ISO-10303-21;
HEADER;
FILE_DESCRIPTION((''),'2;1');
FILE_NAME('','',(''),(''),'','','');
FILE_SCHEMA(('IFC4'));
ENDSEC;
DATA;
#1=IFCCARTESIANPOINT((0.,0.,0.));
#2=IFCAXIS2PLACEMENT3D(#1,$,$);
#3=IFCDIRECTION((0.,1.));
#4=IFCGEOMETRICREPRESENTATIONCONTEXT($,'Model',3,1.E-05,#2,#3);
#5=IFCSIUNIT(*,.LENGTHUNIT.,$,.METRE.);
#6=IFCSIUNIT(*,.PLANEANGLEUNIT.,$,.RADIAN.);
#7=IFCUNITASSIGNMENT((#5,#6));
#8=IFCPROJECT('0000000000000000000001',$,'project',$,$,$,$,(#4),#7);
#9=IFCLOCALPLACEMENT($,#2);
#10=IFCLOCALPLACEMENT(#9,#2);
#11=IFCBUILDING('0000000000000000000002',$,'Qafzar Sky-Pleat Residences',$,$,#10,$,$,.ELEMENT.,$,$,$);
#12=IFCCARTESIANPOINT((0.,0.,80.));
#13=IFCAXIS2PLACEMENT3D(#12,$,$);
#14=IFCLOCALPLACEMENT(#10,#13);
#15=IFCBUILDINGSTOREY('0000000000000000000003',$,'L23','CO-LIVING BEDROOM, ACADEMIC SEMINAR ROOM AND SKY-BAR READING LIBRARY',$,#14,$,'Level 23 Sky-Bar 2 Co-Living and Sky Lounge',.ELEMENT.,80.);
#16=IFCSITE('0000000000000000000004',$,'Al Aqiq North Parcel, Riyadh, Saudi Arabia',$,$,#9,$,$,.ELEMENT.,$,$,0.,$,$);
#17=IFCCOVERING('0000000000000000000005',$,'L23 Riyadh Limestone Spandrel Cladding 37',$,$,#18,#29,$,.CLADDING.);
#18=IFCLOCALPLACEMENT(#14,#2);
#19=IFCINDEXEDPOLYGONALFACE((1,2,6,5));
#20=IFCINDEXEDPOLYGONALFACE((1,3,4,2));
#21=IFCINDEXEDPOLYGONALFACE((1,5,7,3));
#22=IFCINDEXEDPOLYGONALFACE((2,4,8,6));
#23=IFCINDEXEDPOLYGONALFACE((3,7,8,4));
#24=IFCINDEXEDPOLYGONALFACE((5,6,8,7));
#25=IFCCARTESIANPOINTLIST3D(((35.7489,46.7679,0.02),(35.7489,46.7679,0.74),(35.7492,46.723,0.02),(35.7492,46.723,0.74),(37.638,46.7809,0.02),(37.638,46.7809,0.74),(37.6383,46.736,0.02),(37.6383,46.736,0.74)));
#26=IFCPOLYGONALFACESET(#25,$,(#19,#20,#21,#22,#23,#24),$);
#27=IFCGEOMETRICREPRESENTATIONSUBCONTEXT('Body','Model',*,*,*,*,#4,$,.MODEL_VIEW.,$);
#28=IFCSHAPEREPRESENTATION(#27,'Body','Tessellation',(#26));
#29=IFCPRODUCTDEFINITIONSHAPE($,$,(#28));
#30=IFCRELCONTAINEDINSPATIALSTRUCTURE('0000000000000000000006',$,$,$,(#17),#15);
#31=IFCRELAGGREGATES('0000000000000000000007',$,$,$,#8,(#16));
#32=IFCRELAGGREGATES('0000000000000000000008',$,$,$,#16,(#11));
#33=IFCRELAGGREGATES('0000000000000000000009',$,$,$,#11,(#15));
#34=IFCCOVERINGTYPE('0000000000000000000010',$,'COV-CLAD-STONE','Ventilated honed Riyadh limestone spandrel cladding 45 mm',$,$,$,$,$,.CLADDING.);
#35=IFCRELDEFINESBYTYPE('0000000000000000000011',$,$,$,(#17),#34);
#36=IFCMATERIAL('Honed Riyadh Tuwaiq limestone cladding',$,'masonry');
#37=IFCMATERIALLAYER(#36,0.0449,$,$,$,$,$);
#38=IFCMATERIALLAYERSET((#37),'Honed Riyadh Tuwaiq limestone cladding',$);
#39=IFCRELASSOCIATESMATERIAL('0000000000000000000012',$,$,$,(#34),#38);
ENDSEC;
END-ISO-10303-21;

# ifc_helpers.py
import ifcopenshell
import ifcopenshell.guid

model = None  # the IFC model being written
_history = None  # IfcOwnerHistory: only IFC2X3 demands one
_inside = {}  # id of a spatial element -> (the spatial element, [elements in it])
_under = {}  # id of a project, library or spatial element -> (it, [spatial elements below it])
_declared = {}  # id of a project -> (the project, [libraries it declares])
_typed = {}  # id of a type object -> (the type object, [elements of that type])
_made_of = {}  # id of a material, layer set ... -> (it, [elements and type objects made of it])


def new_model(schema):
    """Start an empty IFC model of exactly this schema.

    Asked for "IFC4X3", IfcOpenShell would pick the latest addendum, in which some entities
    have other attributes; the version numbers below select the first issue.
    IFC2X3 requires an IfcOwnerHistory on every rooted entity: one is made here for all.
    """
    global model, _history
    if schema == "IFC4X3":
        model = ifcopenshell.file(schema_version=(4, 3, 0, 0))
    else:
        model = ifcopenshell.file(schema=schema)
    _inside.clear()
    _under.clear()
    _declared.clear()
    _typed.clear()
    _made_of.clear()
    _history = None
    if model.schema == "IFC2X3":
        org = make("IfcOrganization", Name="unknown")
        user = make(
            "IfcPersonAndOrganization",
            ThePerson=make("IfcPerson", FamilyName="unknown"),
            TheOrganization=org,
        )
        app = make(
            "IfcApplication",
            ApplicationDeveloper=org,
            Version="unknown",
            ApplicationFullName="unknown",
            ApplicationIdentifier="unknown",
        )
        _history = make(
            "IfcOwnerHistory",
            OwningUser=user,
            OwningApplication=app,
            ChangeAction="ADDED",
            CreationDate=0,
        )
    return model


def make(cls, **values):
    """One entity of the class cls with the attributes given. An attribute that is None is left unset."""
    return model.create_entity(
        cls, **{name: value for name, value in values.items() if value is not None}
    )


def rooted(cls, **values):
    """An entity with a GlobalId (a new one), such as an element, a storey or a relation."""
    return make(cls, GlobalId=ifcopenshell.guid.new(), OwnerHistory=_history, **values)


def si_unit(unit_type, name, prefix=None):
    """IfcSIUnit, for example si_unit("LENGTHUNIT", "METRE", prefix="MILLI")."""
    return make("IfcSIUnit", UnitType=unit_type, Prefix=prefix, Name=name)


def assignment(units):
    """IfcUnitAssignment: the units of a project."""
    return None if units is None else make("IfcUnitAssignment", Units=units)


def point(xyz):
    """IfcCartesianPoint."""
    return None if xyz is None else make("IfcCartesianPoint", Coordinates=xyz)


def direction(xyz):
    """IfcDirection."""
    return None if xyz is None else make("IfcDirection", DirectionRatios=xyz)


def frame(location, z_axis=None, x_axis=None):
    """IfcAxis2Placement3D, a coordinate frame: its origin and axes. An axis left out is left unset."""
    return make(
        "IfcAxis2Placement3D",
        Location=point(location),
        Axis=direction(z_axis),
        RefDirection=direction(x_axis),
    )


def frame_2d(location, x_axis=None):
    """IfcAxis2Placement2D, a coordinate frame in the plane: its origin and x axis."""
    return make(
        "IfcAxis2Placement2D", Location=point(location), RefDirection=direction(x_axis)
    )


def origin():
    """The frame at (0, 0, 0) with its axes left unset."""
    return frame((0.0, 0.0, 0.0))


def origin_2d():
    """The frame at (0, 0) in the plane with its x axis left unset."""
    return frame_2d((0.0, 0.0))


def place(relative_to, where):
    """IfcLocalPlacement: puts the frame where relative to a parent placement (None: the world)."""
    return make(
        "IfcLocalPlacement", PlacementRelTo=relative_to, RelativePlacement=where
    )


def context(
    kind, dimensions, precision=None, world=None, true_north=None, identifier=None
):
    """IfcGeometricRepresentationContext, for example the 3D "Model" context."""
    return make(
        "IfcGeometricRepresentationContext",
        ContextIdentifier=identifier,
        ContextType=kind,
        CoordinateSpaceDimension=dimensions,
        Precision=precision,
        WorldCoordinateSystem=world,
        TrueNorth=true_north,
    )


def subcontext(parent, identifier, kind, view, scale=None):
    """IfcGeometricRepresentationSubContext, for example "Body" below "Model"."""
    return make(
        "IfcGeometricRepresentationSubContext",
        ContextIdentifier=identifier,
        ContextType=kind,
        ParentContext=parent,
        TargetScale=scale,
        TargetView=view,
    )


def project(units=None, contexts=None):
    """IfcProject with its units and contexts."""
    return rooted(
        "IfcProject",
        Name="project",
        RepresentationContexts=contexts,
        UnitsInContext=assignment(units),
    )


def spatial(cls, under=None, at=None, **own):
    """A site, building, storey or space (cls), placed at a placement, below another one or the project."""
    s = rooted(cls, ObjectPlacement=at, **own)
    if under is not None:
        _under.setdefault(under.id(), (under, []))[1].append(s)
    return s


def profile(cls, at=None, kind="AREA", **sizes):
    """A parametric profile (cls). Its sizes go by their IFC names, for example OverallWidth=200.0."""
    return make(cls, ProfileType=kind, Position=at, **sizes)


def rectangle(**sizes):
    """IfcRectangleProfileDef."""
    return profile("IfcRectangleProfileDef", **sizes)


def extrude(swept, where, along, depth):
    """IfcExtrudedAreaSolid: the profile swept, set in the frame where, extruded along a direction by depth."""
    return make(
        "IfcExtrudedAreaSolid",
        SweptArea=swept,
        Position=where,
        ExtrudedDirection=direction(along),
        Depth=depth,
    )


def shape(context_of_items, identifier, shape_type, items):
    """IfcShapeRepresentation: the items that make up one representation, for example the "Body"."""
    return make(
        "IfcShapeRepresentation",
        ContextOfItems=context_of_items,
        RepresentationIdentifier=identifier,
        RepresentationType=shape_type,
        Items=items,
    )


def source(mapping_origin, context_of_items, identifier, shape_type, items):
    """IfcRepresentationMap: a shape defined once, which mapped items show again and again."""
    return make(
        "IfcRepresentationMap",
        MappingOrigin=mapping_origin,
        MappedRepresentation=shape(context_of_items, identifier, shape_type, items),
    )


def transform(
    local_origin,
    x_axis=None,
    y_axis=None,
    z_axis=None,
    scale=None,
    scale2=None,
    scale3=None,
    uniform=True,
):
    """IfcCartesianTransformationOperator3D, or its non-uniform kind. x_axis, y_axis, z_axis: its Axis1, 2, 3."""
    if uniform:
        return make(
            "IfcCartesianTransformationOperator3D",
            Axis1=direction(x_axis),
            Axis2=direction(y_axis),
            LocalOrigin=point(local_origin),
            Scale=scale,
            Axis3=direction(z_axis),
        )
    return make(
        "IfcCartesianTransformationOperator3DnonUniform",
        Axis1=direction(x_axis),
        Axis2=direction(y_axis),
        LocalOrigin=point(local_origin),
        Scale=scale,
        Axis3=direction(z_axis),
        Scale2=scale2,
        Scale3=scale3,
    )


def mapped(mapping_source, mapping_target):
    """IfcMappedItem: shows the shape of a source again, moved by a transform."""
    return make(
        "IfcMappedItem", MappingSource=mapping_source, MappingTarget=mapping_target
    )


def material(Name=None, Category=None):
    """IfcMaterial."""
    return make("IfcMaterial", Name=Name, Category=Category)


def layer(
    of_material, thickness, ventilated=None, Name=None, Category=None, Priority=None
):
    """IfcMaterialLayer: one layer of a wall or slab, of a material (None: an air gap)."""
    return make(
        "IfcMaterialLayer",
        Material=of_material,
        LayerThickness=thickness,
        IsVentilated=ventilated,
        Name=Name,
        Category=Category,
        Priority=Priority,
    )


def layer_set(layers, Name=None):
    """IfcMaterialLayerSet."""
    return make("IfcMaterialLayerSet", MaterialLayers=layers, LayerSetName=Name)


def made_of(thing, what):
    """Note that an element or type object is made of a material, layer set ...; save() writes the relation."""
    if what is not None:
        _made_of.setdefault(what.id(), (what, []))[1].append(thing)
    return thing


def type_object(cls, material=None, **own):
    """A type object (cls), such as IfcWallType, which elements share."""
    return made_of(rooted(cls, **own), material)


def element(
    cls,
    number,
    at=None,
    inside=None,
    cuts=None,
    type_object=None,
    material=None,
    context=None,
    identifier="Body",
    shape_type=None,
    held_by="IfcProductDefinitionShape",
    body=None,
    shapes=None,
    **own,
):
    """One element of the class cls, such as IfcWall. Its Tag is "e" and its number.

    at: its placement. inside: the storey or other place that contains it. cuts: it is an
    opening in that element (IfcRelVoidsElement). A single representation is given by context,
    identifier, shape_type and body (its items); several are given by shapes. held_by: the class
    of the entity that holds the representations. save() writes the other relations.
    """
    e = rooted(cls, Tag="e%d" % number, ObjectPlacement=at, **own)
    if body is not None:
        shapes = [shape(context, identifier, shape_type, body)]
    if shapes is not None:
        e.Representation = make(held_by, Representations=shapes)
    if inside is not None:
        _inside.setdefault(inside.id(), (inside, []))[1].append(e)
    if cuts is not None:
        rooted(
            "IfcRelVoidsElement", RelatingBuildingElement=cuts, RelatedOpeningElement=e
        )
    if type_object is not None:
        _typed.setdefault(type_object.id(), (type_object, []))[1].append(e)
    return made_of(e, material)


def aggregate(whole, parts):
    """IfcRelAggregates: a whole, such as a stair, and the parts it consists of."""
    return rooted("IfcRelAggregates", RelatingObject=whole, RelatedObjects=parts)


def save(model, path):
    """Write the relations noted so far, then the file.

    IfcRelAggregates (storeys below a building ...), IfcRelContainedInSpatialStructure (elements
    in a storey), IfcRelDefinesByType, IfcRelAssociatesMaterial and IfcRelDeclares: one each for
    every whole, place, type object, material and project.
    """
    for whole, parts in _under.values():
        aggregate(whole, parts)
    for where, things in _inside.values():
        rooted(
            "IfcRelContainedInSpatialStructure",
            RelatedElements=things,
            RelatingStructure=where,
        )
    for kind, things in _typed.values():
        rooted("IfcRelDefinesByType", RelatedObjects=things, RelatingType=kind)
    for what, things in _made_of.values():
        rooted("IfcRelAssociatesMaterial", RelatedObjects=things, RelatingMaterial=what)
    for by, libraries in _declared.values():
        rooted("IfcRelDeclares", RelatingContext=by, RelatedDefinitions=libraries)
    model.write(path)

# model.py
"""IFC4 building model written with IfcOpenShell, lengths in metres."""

from ifc_helpers import new_model, si_unit, direction, frame, origin, origin_2d, place, context, subcontext, project, spatial, rectangle, extrude, source, transform, mapped, material, layer, layer_set, type_object, element, save


model = new_model("IFC4")

# Units and contexts
model_context = context("Model", 3, precision=1e-05, world=origin(), true_north=direction((0.0, 1.0)))
body_context = subcontext(model_context, "Body", "Model", "MODEL_VIEW")
ifc_project = project(units=[si_unit("LENGTHUNIT", "METRE"), si_unit("PLANEANGLEUNIT", "RADIAN")], contexts=[model_context])

# Site, building, storey
site_placement = place(None, origin())
site = spatial("IfcSite", under=ifc_project, at=site_placement, Name="Al Aqiq North Parcel, Riyadh, Saudi Arabia", CompositionType="ELEMENT", RefElevation=0.0)
building_placement = place(site_placement, origin())
building = spatial("IfcBuilding", under=site, at=building_placement, Name="Qafzar Sky-Pleat Residences", CompositionType="ELEMENT")
storey_placement = place(building_placement, frame((0.0, 0.0, 80.0)))
storey = spatial("IfcBuildingStorey", under=building, at=storey_placement, Name="L23", Description="CO-LIVING BEDROOM, ACADEMIC SEMINAR ROOM AND SKY-BAR READING LIBRARY", LongName="Level 23 Sky-Bar 2 Co-Living and Sky Lounge", CompositionType="ELEMENT", Elevation=80.0)

# Covering
ifc_material_1 = material(Name="Honed Riyadh Tuwaiq limestone cladding", Category="masonry")
ifc_layer_1 = layer(ifc_material_1, 0.0449)
ifc_layer_set_1 = layer_set([ifc_layer_1], Name="Honed Riyadh Tuwaiq limestone cladding")
covering_type = type_object("IfcCoveringType", Name="COV-CLAD-STONE", Description="Ventilated honed Riyadh limestone spandrel cladding 45 mm", PredefinedType="CLADDING", material=ifc_layer_set_1)
shared_shape_1 = source(origin(), body_context, "Body", "SweptSolid", [
    extrude(rectangle(XDim=1.8892, YDim=0.0449, at=origin_2d()), origin(), (0.0, 0.0, 1.0), 0.72),
])
covering_placement = place(storey_placement, frame((36.6936, 46.752, 0.02), z_axis=(0.0, 0.0, 1.0), x_axis=(-0.999976, -0.006861, 0.0)))
element("IfcCovering", 1, at=covering_placement, inside=storey, type_object=covering_type, Name="L23 Riyadh Limestone Spandrel Cladding 37", PredefinedType="CLADDING", context=body_context, shape_type="MappedRepresentation", body=[
    mapped(shared_shape_1, transform((0.0, 0.0, 0.0), x_axis=(1.0, 0.0, 0.0), y_axis=(0.0, 1.0, 0.0), z_axis=(0.0, 0.0, 1.0), scale=1.0)),
])

save(model, "model.ifc")
